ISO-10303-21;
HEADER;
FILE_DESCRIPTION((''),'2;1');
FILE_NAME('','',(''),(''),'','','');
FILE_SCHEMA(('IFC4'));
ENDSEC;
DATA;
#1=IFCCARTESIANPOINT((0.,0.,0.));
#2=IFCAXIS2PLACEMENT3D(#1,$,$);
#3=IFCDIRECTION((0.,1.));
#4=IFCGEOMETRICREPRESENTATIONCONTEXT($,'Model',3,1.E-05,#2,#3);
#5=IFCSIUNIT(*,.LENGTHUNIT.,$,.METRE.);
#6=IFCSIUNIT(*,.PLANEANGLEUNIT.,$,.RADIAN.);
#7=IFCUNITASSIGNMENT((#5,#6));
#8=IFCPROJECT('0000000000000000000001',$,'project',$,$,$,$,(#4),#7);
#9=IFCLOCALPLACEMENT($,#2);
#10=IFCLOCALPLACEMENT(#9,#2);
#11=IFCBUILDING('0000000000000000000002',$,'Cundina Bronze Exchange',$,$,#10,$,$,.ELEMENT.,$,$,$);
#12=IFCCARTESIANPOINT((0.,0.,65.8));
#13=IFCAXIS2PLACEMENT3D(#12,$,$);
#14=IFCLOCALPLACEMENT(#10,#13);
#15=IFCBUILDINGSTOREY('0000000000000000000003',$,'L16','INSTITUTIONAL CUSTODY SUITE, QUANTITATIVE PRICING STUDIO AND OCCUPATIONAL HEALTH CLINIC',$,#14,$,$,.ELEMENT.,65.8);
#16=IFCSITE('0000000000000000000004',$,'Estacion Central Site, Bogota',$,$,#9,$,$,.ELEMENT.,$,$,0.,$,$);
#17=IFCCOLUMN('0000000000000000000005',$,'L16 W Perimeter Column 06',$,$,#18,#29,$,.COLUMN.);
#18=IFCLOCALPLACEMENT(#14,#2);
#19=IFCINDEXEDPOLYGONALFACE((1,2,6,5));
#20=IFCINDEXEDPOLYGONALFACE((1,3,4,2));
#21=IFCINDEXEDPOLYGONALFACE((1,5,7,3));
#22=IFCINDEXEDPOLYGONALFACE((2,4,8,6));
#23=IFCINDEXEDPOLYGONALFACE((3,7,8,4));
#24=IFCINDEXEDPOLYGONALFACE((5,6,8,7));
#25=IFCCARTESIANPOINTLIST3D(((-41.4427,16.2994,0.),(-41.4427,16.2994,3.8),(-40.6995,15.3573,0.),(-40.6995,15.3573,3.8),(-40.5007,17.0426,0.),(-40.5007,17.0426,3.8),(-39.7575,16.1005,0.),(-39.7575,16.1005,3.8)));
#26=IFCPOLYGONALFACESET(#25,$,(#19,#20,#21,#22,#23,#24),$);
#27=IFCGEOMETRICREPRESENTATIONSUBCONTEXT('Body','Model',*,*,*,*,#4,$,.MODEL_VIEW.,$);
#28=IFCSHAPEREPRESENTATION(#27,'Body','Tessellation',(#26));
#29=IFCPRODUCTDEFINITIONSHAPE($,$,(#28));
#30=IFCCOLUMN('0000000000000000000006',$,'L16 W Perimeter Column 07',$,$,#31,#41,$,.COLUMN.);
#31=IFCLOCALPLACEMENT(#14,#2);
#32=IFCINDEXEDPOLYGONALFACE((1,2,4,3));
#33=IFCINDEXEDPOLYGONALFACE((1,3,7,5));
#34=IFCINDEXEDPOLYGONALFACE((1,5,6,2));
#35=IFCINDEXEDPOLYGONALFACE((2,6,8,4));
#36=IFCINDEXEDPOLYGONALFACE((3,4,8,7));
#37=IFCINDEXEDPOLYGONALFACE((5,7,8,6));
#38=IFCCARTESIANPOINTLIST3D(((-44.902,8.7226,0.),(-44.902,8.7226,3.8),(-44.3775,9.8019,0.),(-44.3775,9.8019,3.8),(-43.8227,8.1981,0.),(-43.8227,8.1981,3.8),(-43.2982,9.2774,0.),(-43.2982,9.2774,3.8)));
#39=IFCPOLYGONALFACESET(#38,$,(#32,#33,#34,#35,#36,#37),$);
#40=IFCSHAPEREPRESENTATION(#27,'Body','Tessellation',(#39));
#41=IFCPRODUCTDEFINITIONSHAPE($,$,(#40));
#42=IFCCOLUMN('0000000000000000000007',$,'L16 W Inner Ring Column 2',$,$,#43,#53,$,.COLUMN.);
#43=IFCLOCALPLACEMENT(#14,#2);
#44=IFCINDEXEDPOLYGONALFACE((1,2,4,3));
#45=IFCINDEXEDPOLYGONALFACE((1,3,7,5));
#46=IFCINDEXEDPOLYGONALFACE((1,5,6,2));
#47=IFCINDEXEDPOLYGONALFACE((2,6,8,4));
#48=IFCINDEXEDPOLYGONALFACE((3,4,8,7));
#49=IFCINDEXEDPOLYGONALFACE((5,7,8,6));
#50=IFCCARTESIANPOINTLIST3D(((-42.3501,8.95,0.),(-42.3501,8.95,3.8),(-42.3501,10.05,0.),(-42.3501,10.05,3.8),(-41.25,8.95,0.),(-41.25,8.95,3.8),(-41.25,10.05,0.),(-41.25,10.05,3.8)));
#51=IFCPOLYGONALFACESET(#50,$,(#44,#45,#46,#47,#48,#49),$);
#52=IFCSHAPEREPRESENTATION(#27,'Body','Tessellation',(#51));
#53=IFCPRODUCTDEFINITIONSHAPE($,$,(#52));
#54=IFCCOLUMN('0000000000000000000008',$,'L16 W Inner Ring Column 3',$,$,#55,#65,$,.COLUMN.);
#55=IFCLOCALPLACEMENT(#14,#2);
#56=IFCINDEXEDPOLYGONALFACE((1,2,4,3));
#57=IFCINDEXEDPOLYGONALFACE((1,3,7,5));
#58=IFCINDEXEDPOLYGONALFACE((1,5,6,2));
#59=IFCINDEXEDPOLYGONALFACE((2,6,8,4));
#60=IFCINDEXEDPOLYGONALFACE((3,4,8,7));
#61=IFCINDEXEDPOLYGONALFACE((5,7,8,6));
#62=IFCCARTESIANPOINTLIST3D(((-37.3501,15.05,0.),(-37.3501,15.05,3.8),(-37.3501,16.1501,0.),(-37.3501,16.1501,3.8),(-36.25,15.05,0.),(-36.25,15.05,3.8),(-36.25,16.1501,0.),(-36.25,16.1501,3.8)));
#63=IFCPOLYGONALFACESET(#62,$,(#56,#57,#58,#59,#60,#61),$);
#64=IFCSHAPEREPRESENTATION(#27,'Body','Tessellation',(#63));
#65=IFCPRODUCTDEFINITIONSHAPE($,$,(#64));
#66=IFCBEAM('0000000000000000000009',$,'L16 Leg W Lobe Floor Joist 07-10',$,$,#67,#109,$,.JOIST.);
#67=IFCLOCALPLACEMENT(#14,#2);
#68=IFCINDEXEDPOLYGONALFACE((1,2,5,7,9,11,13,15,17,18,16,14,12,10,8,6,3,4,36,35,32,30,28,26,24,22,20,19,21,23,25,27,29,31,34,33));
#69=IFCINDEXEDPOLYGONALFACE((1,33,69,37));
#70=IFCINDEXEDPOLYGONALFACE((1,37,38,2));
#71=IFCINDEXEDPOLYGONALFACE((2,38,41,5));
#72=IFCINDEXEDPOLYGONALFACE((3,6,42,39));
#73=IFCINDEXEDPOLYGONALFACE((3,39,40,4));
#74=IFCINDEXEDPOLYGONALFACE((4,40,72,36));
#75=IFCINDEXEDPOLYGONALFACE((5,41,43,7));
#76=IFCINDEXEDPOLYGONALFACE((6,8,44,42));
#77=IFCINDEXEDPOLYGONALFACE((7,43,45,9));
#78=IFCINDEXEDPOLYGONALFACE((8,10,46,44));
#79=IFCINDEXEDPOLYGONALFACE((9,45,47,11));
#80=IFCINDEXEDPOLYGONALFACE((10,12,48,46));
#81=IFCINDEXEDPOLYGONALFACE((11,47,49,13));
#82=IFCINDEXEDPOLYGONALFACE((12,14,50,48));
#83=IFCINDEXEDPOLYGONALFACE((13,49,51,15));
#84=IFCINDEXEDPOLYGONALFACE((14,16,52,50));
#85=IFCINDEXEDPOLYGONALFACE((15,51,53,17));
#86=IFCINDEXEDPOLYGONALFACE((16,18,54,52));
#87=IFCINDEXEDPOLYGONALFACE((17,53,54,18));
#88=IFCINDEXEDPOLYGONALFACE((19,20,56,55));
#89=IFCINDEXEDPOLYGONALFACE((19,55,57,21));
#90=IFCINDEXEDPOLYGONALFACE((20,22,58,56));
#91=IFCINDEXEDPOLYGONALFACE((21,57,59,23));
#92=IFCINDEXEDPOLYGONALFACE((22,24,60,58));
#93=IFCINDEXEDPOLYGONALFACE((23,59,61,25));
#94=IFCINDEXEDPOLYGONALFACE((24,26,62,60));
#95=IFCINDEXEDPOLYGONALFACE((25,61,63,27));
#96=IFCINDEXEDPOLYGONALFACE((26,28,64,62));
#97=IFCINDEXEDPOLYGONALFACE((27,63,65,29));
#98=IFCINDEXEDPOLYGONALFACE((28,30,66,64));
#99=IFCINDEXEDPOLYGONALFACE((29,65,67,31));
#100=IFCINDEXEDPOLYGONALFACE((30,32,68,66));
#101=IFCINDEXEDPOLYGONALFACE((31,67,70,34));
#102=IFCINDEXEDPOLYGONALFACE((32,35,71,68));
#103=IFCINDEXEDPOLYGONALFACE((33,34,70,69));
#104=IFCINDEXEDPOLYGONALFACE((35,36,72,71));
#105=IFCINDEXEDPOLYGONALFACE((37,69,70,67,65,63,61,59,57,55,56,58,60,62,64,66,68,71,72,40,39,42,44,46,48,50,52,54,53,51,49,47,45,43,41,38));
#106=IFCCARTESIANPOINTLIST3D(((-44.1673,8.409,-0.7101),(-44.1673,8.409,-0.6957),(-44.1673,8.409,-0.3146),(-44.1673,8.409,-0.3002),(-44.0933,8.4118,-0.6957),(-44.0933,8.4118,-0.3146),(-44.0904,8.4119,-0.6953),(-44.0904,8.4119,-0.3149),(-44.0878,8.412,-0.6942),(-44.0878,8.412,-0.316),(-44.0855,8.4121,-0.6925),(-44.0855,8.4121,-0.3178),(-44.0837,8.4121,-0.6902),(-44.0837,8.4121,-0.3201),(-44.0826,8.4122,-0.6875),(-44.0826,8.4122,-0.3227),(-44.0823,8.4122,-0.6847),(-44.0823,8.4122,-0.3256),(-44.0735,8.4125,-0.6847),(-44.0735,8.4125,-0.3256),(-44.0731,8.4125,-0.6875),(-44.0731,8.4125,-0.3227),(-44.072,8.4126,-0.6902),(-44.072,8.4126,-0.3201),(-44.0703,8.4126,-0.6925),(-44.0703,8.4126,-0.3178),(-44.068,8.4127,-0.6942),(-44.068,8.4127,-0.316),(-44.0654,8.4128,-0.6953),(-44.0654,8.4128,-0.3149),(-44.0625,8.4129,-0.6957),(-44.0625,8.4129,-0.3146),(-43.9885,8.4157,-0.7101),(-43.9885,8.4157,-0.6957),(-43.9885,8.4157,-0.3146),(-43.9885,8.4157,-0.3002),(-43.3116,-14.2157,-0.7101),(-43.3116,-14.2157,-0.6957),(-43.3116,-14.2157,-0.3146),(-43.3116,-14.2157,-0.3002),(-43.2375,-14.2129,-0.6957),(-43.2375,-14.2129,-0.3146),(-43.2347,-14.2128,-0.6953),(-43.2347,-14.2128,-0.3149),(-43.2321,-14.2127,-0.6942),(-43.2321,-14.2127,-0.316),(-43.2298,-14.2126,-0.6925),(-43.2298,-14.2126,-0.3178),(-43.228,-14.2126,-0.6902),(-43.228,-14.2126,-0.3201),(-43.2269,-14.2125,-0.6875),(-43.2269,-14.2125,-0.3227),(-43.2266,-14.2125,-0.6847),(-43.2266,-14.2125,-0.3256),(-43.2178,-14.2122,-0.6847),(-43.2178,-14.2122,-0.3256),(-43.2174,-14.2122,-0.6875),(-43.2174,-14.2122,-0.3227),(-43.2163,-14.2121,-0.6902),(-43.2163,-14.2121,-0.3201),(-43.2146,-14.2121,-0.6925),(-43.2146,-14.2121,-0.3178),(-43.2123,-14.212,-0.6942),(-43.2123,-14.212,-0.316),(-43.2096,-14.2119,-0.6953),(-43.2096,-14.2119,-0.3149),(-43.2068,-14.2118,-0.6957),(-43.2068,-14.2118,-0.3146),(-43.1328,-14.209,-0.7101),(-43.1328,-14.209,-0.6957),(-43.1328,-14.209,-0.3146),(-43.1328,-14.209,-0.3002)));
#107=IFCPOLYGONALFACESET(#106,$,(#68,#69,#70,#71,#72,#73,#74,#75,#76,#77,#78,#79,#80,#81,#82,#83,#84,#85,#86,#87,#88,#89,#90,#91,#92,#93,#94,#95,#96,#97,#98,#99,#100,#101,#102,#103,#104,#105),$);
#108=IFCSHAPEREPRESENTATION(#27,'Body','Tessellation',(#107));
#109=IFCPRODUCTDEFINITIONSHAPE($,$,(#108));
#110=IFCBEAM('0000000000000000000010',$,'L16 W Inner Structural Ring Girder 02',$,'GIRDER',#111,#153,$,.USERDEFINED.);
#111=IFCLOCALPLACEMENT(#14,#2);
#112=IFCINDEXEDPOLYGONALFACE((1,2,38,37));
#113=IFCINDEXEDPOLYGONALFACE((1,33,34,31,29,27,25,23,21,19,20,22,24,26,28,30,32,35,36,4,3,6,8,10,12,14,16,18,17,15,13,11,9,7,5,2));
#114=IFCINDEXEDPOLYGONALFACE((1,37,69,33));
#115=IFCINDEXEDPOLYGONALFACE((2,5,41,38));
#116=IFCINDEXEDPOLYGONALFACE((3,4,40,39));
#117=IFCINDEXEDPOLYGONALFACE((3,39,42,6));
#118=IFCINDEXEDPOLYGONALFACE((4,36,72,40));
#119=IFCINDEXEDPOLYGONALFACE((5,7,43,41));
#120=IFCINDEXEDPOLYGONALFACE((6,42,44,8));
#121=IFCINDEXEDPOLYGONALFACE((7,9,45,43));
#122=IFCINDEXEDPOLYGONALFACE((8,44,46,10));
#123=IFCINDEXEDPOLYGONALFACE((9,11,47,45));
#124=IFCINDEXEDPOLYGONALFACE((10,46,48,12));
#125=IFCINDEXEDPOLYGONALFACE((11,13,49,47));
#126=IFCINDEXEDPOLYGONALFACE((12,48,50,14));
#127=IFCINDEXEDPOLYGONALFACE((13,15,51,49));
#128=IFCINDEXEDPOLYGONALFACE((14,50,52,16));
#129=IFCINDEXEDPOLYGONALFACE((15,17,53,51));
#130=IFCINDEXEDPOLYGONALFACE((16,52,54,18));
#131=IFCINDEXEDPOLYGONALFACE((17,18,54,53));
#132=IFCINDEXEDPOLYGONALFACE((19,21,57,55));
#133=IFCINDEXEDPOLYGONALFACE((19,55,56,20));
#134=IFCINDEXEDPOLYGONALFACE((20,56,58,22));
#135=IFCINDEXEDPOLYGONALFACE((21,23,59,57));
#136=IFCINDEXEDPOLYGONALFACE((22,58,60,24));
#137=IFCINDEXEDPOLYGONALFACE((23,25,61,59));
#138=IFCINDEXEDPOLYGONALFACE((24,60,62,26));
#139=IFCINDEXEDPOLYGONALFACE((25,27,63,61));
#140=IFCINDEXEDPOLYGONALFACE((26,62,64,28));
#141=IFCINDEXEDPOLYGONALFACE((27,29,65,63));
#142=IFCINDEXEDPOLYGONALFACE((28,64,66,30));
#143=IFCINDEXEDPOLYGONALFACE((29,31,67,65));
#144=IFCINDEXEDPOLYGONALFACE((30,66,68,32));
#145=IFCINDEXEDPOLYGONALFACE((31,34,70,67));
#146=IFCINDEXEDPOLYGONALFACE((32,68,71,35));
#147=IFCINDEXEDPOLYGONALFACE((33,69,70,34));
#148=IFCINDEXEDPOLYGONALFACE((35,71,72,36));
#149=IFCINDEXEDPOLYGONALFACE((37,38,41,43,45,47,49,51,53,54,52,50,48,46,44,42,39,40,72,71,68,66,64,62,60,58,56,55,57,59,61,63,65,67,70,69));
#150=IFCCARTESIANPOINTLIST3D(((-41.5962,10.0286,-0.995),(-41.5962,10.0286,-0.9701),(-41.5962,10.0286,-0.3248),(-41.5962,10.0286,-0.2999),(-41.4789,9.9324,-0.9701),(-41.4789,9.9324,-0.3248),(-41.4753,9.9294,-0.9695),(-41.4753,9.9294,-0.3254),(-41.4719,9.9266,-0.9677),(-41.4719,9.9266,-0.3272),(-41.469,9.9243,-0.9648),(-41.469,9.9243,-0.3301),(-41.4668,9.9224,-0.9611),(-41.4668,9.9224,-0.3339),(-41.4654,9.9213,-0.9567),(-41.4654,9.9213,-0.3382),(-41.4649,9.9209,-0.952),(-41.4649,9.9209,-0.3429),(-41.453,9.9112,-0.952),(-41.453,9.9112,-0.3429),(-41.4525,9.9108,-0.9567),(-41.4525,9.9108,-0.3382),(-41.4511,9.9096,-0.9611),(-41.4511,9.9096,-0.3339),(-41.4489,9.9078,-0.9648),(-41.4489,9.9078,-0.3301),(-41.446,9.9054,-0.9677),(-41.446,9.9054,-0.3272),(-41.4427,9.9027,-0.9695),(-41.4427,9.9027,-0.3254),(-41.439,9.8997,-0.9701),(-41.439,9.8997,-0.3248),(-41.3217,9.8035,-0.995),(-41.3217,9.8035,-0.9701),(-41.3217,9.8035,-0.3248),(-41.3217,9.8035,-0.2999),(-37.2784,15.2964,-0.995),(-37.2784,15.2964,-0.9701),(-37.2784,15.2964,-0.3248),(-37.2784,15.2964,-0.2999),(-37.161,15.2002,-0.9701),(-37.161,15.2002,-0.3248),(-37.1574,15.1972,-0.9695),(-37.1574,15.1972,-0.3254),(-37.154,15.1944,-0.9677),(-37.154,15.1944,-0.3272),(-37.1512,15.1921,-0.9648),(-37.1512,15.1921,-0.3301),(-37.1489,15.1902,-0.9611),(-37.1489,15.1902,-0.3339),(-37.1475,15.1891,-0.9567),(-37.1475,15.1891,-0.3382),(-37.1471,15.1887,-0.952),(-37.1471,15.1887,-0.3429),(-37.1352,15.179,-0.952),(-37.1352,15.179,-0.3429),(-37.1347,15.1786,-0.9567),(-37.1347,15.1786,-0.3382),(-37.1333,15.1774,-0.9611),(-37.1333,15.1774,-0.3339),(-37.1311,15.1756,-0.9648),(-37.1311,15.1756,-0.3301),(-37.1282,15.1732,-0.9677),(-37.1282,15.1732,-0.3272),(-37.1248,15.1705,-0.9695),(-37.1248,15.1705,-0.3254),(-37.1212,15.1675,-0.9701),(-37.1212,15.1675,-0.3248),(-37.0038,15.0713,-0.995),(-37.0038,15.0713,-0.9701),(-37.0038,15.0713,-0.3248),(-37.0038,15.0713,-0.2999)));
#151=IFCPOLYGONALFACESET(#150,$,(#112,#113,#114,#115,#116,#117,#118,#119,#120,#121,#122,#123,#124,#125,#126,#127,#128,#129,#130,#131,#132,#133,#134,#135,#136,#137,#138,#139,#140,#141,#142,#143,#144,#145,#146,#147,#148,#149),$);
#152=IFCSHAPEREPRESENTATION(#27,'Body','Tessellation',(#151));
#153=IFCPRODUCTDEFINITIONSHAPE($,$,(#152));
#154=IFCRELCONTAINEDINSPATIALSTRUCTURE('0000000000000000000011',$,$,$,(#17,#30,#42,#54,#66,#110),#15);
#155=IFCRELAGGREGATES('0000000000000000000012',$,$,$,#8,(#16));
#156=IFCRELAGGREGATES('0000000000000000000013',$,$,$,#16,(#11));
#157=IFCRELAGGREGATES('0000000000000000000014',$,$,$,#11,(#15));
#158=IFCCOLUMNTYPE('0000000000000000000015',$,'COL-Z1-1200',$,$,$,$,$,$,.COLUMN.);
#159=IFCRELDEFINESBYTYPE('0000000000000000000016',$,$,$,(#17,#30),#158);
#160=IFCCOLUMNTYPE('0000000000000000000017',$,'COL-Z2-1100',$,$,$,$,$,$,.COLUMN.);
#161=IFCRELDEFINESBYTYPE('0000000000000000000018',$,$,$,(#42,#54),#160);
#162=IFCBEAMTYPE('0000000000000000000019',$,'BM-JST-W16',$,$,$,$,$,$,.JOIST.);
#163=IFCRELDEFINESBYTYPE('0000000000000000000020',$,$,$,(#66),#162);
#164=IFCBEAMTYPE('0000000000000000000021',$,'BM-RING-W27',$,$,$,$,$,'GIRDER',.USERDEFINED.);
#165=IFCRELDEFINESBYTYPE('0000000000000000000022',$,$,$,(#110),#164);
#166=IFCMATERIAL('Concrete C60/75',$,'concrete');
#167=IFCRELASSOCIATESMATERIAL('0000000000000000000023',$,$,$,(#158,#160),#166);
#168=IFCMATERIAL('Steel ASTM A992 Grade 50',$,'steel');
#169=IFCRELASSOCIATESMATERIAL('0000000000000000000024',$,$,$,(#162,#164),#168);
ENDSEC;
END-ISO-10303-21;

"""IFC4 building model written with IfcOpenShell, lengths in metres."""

from ifc_helpers import new_model, si_unit, direction, frame, origin, origin_2d, place, context, subcontext, project, spatial, rectangle, i_section, extrude, material, material_profile, profile_set, type_object, element, save


model = new_model("IFC4")

# Units and contexts
model_context = context("Model", 3, precision=1e-05, world=origin(), true_north=direction((0.0, 1.0)))
body_context = subcontext(model_context, "Body", "Model", "MODEL_VIEW")
ifc_project = project(units=[si_unit("LENGTHUNIT", "METRE"), si_unit("PLANEANGLEUNIT", "RADIAN")], contexts=[model_context])

# Site, building, storey
site_placement = place(None, origin())
site = spatial("IfcSite", under=ifc_project, at=site_placement, Name="Estacion Central Site, Bogota", CompositionType="ELEMENT", RefElevation=0.0)
building_placement = place(site_placement, origin())
building = spatial("IfcBuilding", under=site, at=building_placement, Name="Cundina Bronze Exchange", CompositionType="ELEMENT")
storey_placement = place(building_placement, frame((0.0, 0.0, 65.8)))
storey = spatial("IfcBuildingStorey", under=building, at=storey_placement, Name="L16", Description="INSTITUTIONAL CUSTODY SUITE, QUANTITATIVE PRICING STUDIO AND OCCUPATIONAL HEALTH CLINIC", CompositionType="ELEMENT", Elevation=65.8)

# Columns
ifc_material_1 = material(Name="Concrete C60/75", Category="concrete")
ifc_material_profile_1 = material_profile(ifc_material_1, rectangle(XDim=1.2, YDim=1.2, at=origin_2d()), Name="RC1200X1200", Category="concrete")
ifc_profile_set_1 = profile_set([ifc_material_profile_1], Name="Concrete C60/75")
column_type_1 = type_object("IfcColumnType", Name="COL-Z1-1200", PredefinedType="COLUMN", material=ifc_profile_set_1)
for number, where, z_axis, x_axis, name in (
    (1, (-40.6001, 16.2, 0.0), (0.0, 0.0, 1.0), (-0.785101, -0.619368, 0.0), "L16 W Perimeter Column 06"),
    (2, (-44.1001, 9.0, 0.0), (0.0, 0.0, 1.0), (-0.437116, -0.899405, 0.0), "L16 W Perimeter Column 07"),
):
    element("IfcColumn", number, at=place(storey_placement, frame(where, z_axis=z_axis, x_axis=x_axis)), inside=storey, type_object=column_type_1, Name=name, PredefinedType="COLUMN", context=body_context, shape_type="SweptSolid", body=[
        extrude(rectangle(XDim=1.2, YDim=1.2, at=origin_2d()), origin(), (0.0, 0.0, 1.0), 3.8),
    ])
ifc_material_profile_2 = material_profile(ifc_material_1, rectangle(XDim=1.1001, YDim=1.1001, at=origin_2d()), Name="RC1100X1100", Category="concrete")
ifc_profile_set_2 = profile_set([ifc_material_profile_2], Name="Concrete C60/75")
column_type_2 = type_object("IfcColumnType", Name="COL-Z2-1100", PredefinedType="COLUMN", material=ifc_profile_set_2)
for number, where, z_axis, x_axis, name in (
    (3, (-41.8, 9.5, 0.0), (0.0, 0.0, 1.0), (1.0, 0.0, 0.0), "L16 W Inner Ring Column 2"),
    (4, (-36.8, 15.6001, 0.0), (0.0, 0.0, 1.0), (1.0, 0.0, 0.0), "L16 W Inner Ring Column 3"),
):
    element("IfcColumn", number, at=place(storey_placement, frame(where, z_axis=z_axis, x_axis=x_axis)), inside=storey, type_object=column_type_2, Name=name, PredefinedType="COLUMN", context=body_context, shape_type="SweptSolid", body=[
        extrude(rectangle(XDim=1.1001, YDim=1.1001, at=origin_2d()), origin(), (0.0, 0.0, 1.0), 3.8),
    ])

# Beams
ifc_material_2 = material(Name="Steel ASTM A992 Grade 50", Category="steel")
ifc_material_profile_3 = material_profile(ifc_material_2, i_section(OverallWidth=0.179, OverallDepth=0.4099, WebThickness=0.0088, FlangeThickness=0.0144, FilletRadius=0.011, at=origin_2d()), Name="W16X45", Category="steel")
ifc_profile_set_3 = profile_set([ifc_material_profile_3], Name="Steel ASTM A992 Grade 50")
beam_type_1 = type_object("IfcBeamType", Name="BM-JST-W16", PredefinedType="JOIST", material=ifc_profile_set_3)
beam_1_placement = place(storey_placement, frame((-44.0779, 8.4124, -0.5051), z_axis=(0.037795, -0.999286, 0.0), x_axis=(0.999286, 0.037795, 0.0)))
element("IfcBeam", 5, at=beam_1_placement, inside=storey, type_object=beam_type_1, Name="L16 Leg W Lobe Floor Joist 07-10", PredefinedType="JOIST", context=body_context, shape_type="SweptSolid", body=[
    extrude(i_section(OverallWidth=0.179, OverallDepth=0.4099, WebThickness=0.0088, FlangeThickness=0.0144, FilletRadius=0.011, at=origin_2d()), origin(), (0.0, 0.0, 1.0), 22.6409),
])
ifc_material_profile_4 = material_profile(ifc_material_2, i_section(OverallWidth=0.355, OverallDepth=0.6951, WebThickness=0.0154, FlangeThickness=0.0249, FilletRadius=0.0181, at=origin_2d()), Name="W27X146", Category="steel")
ifc_profile_set_4 = profile_set([ifc_material_profile_4], Name="Steel ASTM A992 Grade 50")
beam_type_2 = type_object("IfcBeamType", Name="BM-RING-W27", ElementType="GIRDER", PredefinedType="USERDEFINED", material=ifc_profile_set_4)
beam_2_placement = place(storey_placement, frame((-37.1411, 15.1838, -0.6475), z_axis=(-0.633927, -0.773393, 0.0), x_axis=(0.773393, -0.633927, 0.0)))
element("IfcBeam", 6, at=beam_2_placement, inside=storey, type_object=beam_type_2, Name="L16 W Inner Structural Ring Girder 02", ObjectType="GIRDER", PredefinedType="USERDEFINED", context=body_context, shape_type="SweptSolid", body=[
    extrude(i_section(OverallWidth=0.355, OverallDepth=0.6951, WebThickness=0.0154, FlangeThickness=0.0249, FilletRadius=0.0181, at=origin_2d()), origin(), (0.0, 0.0, 1.0), 6.8113),
])

save(model, "model.ifc")
